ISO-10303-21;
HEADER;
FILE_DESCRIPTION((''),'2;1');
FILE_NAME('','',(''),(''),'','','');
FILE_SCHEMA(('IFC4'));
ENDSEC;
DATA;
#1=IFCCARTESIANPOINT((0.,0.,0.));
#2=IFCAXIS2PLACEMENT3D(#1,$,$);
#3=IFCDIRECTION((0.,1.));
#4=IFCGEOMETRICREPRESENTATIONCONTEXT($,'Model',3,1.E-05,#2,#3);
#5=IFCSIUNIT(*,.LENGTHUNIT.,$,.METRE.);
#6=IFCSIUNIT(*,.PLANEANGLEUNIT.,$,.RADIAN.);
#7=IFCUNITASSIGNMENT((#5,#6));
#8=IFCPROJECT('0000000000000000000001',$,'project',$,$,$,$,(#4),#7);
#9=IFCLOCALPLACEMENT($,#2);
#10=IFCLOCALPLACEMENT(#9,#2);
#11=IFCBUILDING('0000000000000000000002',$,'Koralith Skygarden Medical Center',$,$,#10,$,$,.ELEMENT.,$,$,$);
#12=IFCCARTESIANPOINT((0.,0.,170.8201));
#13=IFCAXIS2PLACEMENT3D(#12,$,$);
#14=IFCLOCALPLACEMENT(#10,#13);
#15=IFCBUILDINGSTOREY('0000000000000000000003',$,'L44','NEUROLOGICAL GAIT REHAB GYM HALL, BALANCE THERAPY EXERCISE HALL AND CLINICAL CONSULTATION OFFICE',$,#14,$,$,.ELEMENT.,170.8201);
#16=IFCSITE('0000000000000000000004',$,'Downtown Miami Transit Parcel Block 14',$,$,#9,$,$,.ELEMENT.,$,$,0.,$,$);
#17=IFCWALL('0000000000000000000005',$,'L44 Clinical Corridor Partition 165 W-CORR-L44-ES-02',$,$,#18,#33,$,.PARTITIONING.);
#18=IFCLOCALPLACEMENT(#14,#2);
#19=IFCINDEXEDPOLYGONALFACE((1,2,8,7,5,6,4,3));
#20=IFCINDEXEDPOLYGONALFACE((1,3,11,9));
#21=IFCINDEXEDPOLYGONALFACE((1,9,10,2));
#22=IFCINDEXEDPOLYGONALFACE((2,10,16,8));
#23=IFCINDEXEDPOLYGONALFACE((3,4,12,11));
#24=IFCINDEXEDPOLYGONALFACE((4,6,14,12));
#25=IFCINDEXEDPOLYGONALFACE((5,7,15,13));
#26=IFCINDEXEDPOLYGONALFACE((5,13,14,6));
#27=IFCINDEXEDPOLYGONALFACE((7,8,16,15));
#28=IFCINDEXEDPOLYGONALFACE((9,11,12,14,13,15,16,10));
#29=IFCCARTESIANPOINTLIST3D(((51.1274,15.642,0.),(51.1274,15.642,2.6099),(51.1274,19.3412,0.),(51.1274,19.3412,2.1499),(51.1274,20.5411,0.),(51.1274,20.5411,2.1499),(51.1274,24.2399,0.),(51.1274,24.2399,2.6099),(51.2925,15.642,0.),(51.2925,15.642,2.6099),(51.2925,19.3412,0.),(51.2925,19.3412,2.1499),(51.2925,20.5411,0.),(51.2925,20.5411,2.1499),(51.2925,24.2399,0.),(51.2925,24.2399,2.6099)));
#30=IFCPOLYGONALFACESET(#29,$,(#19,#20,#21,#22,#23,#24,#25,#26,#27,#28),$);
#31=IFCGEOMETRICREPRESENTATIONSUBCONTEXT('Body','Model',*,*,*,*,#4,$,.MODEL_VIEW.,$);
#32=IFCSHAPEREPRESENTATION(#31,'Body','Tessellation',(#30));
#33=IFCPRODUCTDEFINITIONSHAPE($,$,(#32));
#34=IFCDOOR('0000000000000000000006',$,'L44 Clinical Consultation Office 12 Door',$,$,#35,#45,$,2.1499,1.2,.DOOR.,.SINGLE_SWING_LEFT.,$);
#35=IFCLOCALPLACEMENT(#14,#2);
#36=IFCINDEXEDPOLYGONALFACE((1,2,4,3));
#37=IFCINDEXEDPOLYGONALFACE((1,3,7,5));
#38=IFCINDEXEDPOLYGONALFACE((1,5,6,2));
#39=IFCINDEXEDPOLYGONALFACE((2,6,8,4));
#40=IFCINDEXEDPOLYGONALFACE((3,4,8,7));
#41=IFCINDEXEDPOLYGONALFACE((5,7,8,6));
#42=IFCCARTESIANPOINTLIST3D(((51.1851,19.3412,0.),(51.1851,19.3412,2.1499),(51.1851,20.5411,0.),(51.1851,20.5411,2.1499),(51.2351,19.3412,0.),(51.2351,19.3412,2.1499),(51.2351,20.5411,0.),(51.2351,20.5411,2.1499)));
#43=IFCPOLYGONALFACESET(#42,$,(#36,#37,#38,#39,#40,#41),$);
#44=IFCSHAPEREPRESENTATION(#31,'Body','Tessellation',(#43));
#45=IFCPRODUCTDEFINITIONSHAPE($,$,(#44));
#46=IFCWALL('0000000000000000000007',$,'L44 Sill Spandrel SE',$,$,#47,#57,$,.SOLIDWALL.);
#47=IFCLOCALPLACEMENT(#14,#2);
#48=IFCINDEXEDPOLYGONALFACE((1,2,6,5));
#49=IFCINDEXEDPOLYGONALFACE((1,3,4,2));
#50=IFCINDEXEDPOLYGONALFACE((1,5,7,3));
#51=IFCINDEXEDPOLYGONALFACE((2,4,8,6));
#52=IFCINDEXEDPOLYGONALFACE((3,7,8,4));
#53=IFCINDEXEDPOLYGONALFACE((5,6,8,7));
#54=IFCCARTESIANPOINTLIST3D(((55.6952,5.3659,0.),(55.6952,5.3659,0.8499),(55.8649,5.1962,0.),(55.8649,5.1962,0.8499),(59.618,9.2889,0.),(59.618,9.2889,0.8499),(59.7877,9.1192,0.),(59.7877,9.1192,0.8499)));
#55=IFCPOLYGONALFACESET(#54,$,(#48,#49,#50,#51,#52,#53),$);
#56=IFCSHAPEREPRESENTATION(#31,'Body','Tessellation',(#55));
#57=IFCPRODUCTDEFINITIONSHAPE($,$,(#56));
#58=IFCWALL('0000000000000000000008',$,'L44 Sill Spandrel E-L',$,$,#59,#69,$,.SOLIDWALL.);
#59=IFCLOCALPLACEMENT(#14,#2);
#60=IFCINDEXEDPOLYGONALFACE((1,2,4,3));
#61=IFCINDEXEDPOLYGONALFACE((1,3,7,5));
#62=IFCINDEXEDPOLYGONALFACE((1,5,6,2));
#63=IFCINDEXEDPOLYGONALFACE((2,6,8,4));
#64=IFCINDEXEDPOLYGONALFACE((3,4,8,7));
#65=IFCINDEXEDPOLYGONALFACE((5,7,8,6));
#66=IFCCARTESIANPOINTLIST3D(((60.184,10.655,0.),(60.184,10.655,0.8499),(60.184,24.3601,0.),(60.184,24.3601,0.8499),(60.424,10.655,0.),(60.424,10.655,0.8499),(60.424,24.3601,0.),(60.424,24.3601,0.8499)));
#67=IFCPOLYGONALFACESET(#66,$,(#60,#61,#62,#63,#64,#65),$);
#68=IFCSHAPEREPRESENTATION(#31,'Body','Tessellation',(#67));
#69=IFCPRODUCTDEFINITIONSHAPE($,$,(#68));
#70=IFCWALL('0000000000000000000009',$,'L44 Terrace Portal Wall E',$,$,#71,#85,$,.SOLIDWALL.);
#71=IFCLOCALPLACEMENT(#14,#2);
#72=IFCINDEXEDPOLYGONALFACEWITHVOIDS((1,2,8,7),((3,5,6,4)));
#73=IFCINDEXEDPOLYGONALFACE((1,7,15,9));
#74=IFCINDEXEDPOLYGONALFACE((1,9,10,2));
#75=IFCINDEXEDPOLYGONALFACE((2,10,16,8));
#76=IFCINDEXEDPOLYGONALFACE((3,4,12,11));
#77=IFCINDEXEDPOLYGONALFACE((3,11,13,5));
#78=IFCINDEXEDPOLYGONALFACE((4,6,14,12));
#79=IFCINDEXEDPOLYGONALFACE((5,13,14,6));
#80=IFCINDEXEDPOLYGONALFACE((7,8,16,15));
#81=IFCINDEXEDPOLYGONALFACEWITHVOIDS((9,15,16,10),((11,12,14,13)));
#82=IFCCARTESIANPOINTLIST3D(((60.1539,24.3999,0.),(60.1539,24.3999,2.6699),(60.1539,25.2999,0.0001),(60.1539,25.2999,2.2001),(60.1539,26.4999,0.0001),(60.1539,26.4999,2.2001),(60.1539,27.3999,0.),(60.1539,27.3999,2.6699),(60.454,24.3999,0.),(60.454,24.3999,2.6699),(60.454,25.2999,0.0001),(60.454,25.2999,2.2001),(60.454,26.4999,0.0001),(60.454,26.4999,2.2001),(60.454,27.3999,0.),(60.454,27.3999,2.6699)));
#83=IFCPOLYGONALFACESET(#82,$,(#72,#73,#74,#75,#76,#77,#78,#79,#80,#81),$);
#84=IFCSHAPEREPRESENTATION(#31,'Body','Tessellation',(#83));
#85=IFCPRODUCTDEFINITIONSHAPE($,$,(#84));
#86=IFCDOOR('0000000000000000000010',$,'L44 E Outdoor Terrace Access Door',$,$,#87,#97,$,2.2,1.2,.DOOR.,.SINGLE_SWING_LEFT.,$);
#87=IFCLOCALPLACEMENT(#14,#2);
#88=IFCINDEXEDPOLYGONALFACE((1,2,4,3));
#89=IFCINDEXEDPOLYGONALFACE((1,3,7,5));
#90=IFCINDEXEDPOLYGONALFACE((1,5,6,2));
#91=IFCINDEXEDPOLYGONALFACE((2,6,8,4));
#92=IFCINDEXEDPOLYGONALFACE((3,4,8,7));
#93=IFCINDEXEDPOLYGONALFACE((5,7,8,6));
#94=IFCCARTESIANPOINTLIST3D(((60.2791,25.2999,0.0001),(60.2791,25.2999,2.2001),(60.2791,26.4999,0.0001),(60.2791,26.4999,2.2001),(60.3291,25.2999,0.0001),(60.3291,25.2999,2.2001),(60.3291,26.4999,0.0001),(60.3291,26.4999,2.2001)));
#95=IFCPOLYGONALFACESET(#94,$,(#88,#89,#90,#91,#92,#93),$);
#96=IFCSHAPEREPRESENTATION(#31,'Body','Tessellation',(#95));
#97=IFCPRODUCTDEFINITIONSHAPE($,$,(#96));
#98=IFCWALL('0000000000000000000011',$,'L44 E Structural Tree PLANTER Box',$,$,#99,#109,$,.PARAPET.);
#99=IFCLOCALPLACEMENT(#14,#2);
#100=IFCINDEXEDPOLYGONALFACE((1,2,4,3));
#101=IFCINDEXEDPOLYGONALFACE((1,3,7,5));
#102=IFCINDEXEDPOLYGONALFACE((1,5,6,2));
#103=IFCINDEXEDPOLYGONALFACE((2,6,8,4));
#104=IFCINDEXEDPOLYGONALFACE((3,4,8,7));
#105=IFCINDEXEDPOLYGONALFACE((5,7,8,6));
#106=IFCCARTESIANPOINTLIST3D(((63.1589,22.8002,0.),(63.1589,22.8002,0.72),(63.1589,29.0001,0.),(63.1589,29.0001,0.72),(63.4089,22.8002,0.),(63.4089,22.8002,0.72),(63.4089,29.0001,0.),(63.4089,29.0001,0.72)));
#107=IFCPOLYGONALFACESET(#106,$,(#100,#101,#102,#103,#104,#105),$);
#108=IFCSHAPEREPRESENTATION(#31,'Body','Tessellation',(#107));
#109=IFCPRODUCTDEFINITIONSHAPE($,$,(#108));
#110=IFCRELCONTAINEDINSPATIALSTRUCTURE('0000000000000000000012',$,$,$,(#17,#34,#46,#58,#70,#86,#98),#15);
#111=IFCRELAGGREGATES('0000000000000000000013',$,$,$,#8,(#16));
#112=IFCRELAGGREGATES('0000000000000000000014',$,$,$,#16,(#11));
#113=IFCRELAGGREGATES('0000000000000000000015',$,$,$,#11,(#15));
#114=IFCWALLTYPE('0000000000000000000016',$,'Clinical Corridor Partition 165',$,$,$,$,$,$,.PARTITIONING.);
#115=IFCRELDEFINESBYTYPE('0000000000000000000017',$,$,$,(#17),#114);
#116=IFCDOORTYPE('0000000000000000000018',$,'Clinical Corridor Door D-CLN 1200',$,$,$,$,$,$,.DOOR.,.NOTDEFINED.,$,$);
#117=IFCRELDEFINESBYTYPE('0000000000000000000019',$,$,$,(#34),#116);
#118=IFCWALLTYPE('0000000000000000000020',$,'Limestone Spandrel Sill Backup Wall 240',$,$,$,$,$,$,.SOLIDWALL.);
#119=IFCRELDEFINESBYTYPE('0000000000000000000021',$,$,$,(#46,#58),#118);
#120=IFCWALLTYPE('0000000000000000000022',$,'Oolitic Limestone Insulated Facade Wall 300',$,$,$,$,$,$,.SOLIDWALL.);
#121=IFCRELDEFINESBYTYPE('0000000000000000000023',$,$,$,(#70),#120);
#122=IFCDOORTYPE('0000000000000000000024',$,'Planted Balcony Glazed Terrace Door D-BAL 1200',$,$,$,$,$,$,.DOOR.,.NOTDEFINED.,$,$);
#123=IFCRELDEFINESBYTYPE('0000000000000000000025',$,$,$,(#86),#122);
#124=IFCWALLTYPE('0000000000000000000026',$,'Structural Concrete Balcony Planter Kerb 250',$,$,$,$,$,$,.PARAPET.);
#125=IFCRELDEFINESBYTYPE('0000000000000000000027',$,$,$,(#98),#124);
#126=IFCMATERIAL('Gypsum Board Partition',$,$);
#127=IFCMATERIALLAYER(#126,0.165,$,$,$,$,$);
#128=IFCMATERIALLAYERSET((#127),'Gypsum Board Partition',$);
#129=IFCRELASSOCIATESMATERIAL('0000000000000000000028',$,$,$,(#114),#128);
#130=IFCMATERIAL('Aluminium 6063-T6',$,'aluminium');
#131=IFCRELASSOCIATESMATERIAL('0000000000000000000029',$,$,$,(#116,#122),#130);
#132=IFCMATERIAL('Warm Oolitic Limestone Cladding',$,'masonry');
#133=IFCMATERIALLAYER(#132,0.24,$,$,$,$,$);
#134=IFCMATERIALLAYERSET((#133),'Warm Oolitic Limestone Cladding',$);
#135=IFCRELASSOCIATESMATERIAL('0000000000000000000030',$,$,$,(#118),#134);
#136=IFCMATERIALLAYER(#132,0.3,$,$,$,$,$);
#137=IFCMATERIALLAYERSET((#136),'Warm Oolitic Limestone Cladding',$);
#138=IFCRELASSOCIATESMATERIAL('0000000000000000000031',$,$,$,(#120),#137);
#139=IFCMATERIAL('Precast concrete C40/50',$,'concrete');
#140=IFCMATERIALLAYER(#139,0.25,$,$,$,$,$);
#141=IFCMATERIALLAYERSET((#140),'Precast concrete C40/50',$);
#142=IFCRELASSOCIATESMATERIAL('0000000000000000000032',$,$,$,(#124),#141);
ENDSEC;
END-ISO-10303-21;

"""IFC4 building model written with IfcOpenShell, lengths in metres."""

from ifc_helpers import new_model, si_unit, direction, frame, frame_2d, origin, place, context, subcontext, project, spatial, rectangle, extrude, material, layer, layer_set, type_object, element, fill, save


model = new_model("IFC4")

# Units and contexts
model_context = context("Model", 3, precision=1e-05, world=origin(), true_north=direction((0.0, 1.0)))
body_context = subcontext(model_context, "Body", "Model", "MODEL_VIEW")
ifc_project = project(units=[si_unit("LENGTHUNIT", "METRE"), si_unit("PLANEANGLEUNIT", "RADIAN")], contexts=[model_context])

# Site, building, storey
site_placement = place(None, origin())
site = spatial("IfcSite", under=ifc_project, at=site_placement, Name="Downtown Miami Transit Parcel Block 14", CompositionType="ELEMENT", RefElevation=0.0)
building_placement = place(site_placement, origin())
building = spatial("IfcBuilding", under=site, at=building_placement, Name="Koralith Skygarden Medical Center", CompositionType="ELEMENT")
storey_placement = place(building_placement, frame((0.0, 0.0, 170.8201)))
storey = spatial("IfcBuildingStorey", under=building, at=storey_placement, Name="L44", Description="NEUROLOGICAL GAIT REHAB GYM HALL, BALANCE THERAPY EXERCISE HALL AND CLINICAL CONSULTATION OFFICE", CompositionType="ELEMENT", Elevation=170.8201)

# Shared definitions
ifc_material_1 = material(Name="Aluminium 6063-T6", Category="aluminium")

# Shared definitions
ifc_material_2 = material(Name="Warm Oolitic Limestone Cladding", Category="masonry")

# Shared definitions
ifc_material_3 = material(Name="Gypsum Board Partition")
ifc_layer_1 = layer(ifc_material_3, 0.165)
ifc_layer_set_1 = layer_set([ifc_layer_1], Name="Gypsum Board Partition")
wall_type_1 = type_object("IfcWallType", Name="Clinical Corridor Partition 165", PredefinedType="PARTITIONING", material=ifc_layer_set_1)

# Wall, opening, door
wall_1_placement = place(storey_placement, frame((51.21, 15.6421, 0.0), z_axis=(0.0, 0.0, 1.0), x_axis=(0.0, 1.0, 0.0)))
wall_1 = element("IfcWall", 1, at=wall_1_placement, inside=storey, type_object=wall_type_1, Name="L44 Clinical Corridor Partition 165 W-CORR-L44-ES-02", PredefinedType="PARTITIONING", context=body_context, shape_type="SweptSolid", body=[
    extrude(rectangle(XDim=8.5979, YDim=0.165, at=frame_2d((4.2988, 0.0))), origin(), (0.0, 0.0, 1.0), 2.6099),
])
opening_1_placement = place(wall_1_placement, frame((3.699, 0.0, 0.0)))
opening_1 = element("IfcOpeningElement", 2, at=opening_1_placement, cuts=wall_1, PredefinedType="OPENING", context=body_context, shape_type="SweptSolid", body=[
    extrude(rectangle(XDim=1.2, YDim=2.1499, at=frame_2d((0.6001, 1.075))), frame((0.0, 0.0925, 0.0), z_axis=(0.0, -1.0, 0.0), x_axis=(1.0, 0.0, 0.0)), (0.0, 0.0, 1.0), 0.1851),
])
door_type_1 = type_object("IfcDoorType", Name="Clinical Corridor Door D-CLN 1200", OperationType="NOTDEFINED", PredefinedType="DOOR", material=ifc_material_1)
door_1_placement = place(opening_1_placement, origin())
door_1 = element("IfcDoor", 3, at=door_1_placement, inside=storey, type_object=door_type_1, Name="L44 Clinical Consultation Office 12 Door", OperationType="SINGLE_SWING_LEFT", OverallHeight=2.1499, OverallWidth=1.2, PredefinedType="DOOR", context=body_context, shape_type="SweptSolid", body=[
    extrude(rectangle(XDim=1.2, YDim=2.1499, at=frame_2d((0.6001, 1.075))), frame((0.0, 0.0249, 0.0), z_axis=(0.0, -1.0, 0.0), x_axis=(1.0, 0.0, 0.0)), (0.0, 0.0, 1.0), 0.05),
])
fill(opening_1, door_1)

# Walls
ifc_layer_2 = layer(ifc_material_2, 0.24)
ifc_layer_set_2 = layer_set([ifc_layer_2], Name="Warm Oolitic Limestone Cladding")
wall_type_2 = type_object("IfcWallType", Name="Limestone Spandrel Sill Backup Wall 240", PredefinedType="SOLIDWALL", material=ifc_layer_set_2)
wall_2_placement = place(storey_placement, frame((55.78, 5.281, 0.0), z_axis=(0.0, 0.0, 1.0), x_axis=(0.707085, 0.707129, 0.0)))
element("IfcWall", 4, at=wall_2_placement, inside=storey, type_object=wall_type_2, Name="L44 Sill Spandrel SE", PredefinedType="SOLIDWALL", context=body_context, shape_type="SweptSolid", body=[
    extrude(rectangle(XDim=5.5479, YDim=0.24, at=frame_2d((2.7739, 0.0))), origin(), (0.0, 0.0, 1.0), 0.8499),
])
wall_3_placement = place(storey_placement, frame((60.304, 10.655, 0.0), z_axis=(0.0, 0.0, 1.0), x_axis=(0.0, 1.0, 0.0)))
element("IfcWall", 5, at=wall_3_placement, inside=storey, type_object=wall_type_2, Name="L44 Sill Spandrel E-L", PredefinedType="SOLIDWALL", context=body_context, shape_type="SweptSolid", body=[
    extrude(rectangle(XDim=13.7051, YDim=0.24, at=frame_2d((6.8525, 0.0))), origin(), (0.0, 0.0, 1.0), 0.8499),
])

# Wall, opening, door
ifc_layer_3 = layer(ifc_material_2, 0.3)
ifc_layer_set_3 = layer_set([ifc_layer_3], Name="Warm Oolitic Limestone Cladding")
wall_type_3 = type_object("IfcWallType", Name="Oolitic Limestone Insulated Facade Wall 300", PredefinedType="SOLIDWALL", material=ifc_layer_set_3)
wall_4_placement = place(storey_placement, frame((60.304, 24.3999, 0.0), z_axis=(0.0, 0.0, 1.0), x_axis=(0.0, 1.0, 0.0)))
wall_4 = element("IfcWall", 6, at=wall_4_placement, inside=storey, type_object=wall_type_3, Name="L44 Terrace Portal Wall E", PredefinedType="SOLIDWALL", context=body_context, shape_type="SweptSolid", body=[
    extrude(rectangle(XDim=3.0, YDim=0.3, at=frame_2d((1.5, 0.0))), origin(), (0.0, 0.0, 1.0), 2.6699),
])
opening_2_placement = place(wall_4_placement, frame((0.8999, 0.0, 0.0)))
opening_2 = element("IfcOpeningElement", 7, at=opening_2_placement, cuts=wall_4, PredefinedType="OPENING", context=body_context, shape_type="SweptSolid", body=[
    extrude(rectangle(XDim=1.2, YDim=2.2, at=frame_2d((0.6001, 1.1001))), frame((0.0, 0.1599, 0.0), z_axis=(0.0, -1.0, 0.0), x_axis=(1.0, 0.0, 0.0)), (0.0, 0.0, 1.0), 0.3201),
])
door_type_2 = type_object("IfcDoorType", Name="Planted Balcony Glazed Terrace Door D-BAL 1200", OperationType="NOTDEFINED", PredefinedType="DOOR", material=ifc_material_1)
door_2_placement = place(opening_2_placement, origin())
door_2 = element("IfcDoor", 8, at=door_2_placement, inside=storey, type_object=door_type_2, Name="L44 E Outdoor Terrace Access Door", OperationType="SINGLE_SWING_LEFT", OverallHeight=2.2, OverallWidth=1.2, PredefinedType="DOOR", context=body_context, shape_type="SweptSolid", body=[
    extrude(rectangle(XDim=1.2, YDim=2.2, at=frame_2d((0.6001, 1.1001))), frame((0.0, 0.0249, 0.0), z_axis=(0.0, -1.0, 0.0), x_axis=(1.0, 0.0, 0.0)), (0.0, 0.0, 1.0), 0.05),
])
fill(opening_2, door_2)

# Wall
ifc_material_4 = material(Name="Precast concrete C40/50", Category="concrete")
ifc_layer_4 = layer(ifc_material_4, 0.25)
ifc_layer_set_4 = layer_set([ifc_layer_4], Name="Precast concrete C40/50")
wall_type_4 = type_object("IfcWallType", Name="Structural Concrete Balcony Planter Kerb 250", PredefinedType="PARAPET", material=ifc_layer_set_4)
wall_5_placement = place(storey_placement, frame((63.2839, 22.8, 0.0), z_axis=(0.0, 0.0, 1.0), x_axis=(0.0, 1.0, 0.0)))
element("IfcWall", 9, at=wall_5_placement, inside=storey, type_object=wall_type_4, Name="L44 E Structural Tree PLANTER Box", PredefinedType="PARAPET", context=body_context, shape_type="SweptSolid", body=[
    extrude(rectangle(XDim=6.2, YDim=0.25, at=frame_2d((3.1001, 0.0))), origin(), (0.0, 0.0, 1.0), 0.72),
])

save(model, "model.ifc")
